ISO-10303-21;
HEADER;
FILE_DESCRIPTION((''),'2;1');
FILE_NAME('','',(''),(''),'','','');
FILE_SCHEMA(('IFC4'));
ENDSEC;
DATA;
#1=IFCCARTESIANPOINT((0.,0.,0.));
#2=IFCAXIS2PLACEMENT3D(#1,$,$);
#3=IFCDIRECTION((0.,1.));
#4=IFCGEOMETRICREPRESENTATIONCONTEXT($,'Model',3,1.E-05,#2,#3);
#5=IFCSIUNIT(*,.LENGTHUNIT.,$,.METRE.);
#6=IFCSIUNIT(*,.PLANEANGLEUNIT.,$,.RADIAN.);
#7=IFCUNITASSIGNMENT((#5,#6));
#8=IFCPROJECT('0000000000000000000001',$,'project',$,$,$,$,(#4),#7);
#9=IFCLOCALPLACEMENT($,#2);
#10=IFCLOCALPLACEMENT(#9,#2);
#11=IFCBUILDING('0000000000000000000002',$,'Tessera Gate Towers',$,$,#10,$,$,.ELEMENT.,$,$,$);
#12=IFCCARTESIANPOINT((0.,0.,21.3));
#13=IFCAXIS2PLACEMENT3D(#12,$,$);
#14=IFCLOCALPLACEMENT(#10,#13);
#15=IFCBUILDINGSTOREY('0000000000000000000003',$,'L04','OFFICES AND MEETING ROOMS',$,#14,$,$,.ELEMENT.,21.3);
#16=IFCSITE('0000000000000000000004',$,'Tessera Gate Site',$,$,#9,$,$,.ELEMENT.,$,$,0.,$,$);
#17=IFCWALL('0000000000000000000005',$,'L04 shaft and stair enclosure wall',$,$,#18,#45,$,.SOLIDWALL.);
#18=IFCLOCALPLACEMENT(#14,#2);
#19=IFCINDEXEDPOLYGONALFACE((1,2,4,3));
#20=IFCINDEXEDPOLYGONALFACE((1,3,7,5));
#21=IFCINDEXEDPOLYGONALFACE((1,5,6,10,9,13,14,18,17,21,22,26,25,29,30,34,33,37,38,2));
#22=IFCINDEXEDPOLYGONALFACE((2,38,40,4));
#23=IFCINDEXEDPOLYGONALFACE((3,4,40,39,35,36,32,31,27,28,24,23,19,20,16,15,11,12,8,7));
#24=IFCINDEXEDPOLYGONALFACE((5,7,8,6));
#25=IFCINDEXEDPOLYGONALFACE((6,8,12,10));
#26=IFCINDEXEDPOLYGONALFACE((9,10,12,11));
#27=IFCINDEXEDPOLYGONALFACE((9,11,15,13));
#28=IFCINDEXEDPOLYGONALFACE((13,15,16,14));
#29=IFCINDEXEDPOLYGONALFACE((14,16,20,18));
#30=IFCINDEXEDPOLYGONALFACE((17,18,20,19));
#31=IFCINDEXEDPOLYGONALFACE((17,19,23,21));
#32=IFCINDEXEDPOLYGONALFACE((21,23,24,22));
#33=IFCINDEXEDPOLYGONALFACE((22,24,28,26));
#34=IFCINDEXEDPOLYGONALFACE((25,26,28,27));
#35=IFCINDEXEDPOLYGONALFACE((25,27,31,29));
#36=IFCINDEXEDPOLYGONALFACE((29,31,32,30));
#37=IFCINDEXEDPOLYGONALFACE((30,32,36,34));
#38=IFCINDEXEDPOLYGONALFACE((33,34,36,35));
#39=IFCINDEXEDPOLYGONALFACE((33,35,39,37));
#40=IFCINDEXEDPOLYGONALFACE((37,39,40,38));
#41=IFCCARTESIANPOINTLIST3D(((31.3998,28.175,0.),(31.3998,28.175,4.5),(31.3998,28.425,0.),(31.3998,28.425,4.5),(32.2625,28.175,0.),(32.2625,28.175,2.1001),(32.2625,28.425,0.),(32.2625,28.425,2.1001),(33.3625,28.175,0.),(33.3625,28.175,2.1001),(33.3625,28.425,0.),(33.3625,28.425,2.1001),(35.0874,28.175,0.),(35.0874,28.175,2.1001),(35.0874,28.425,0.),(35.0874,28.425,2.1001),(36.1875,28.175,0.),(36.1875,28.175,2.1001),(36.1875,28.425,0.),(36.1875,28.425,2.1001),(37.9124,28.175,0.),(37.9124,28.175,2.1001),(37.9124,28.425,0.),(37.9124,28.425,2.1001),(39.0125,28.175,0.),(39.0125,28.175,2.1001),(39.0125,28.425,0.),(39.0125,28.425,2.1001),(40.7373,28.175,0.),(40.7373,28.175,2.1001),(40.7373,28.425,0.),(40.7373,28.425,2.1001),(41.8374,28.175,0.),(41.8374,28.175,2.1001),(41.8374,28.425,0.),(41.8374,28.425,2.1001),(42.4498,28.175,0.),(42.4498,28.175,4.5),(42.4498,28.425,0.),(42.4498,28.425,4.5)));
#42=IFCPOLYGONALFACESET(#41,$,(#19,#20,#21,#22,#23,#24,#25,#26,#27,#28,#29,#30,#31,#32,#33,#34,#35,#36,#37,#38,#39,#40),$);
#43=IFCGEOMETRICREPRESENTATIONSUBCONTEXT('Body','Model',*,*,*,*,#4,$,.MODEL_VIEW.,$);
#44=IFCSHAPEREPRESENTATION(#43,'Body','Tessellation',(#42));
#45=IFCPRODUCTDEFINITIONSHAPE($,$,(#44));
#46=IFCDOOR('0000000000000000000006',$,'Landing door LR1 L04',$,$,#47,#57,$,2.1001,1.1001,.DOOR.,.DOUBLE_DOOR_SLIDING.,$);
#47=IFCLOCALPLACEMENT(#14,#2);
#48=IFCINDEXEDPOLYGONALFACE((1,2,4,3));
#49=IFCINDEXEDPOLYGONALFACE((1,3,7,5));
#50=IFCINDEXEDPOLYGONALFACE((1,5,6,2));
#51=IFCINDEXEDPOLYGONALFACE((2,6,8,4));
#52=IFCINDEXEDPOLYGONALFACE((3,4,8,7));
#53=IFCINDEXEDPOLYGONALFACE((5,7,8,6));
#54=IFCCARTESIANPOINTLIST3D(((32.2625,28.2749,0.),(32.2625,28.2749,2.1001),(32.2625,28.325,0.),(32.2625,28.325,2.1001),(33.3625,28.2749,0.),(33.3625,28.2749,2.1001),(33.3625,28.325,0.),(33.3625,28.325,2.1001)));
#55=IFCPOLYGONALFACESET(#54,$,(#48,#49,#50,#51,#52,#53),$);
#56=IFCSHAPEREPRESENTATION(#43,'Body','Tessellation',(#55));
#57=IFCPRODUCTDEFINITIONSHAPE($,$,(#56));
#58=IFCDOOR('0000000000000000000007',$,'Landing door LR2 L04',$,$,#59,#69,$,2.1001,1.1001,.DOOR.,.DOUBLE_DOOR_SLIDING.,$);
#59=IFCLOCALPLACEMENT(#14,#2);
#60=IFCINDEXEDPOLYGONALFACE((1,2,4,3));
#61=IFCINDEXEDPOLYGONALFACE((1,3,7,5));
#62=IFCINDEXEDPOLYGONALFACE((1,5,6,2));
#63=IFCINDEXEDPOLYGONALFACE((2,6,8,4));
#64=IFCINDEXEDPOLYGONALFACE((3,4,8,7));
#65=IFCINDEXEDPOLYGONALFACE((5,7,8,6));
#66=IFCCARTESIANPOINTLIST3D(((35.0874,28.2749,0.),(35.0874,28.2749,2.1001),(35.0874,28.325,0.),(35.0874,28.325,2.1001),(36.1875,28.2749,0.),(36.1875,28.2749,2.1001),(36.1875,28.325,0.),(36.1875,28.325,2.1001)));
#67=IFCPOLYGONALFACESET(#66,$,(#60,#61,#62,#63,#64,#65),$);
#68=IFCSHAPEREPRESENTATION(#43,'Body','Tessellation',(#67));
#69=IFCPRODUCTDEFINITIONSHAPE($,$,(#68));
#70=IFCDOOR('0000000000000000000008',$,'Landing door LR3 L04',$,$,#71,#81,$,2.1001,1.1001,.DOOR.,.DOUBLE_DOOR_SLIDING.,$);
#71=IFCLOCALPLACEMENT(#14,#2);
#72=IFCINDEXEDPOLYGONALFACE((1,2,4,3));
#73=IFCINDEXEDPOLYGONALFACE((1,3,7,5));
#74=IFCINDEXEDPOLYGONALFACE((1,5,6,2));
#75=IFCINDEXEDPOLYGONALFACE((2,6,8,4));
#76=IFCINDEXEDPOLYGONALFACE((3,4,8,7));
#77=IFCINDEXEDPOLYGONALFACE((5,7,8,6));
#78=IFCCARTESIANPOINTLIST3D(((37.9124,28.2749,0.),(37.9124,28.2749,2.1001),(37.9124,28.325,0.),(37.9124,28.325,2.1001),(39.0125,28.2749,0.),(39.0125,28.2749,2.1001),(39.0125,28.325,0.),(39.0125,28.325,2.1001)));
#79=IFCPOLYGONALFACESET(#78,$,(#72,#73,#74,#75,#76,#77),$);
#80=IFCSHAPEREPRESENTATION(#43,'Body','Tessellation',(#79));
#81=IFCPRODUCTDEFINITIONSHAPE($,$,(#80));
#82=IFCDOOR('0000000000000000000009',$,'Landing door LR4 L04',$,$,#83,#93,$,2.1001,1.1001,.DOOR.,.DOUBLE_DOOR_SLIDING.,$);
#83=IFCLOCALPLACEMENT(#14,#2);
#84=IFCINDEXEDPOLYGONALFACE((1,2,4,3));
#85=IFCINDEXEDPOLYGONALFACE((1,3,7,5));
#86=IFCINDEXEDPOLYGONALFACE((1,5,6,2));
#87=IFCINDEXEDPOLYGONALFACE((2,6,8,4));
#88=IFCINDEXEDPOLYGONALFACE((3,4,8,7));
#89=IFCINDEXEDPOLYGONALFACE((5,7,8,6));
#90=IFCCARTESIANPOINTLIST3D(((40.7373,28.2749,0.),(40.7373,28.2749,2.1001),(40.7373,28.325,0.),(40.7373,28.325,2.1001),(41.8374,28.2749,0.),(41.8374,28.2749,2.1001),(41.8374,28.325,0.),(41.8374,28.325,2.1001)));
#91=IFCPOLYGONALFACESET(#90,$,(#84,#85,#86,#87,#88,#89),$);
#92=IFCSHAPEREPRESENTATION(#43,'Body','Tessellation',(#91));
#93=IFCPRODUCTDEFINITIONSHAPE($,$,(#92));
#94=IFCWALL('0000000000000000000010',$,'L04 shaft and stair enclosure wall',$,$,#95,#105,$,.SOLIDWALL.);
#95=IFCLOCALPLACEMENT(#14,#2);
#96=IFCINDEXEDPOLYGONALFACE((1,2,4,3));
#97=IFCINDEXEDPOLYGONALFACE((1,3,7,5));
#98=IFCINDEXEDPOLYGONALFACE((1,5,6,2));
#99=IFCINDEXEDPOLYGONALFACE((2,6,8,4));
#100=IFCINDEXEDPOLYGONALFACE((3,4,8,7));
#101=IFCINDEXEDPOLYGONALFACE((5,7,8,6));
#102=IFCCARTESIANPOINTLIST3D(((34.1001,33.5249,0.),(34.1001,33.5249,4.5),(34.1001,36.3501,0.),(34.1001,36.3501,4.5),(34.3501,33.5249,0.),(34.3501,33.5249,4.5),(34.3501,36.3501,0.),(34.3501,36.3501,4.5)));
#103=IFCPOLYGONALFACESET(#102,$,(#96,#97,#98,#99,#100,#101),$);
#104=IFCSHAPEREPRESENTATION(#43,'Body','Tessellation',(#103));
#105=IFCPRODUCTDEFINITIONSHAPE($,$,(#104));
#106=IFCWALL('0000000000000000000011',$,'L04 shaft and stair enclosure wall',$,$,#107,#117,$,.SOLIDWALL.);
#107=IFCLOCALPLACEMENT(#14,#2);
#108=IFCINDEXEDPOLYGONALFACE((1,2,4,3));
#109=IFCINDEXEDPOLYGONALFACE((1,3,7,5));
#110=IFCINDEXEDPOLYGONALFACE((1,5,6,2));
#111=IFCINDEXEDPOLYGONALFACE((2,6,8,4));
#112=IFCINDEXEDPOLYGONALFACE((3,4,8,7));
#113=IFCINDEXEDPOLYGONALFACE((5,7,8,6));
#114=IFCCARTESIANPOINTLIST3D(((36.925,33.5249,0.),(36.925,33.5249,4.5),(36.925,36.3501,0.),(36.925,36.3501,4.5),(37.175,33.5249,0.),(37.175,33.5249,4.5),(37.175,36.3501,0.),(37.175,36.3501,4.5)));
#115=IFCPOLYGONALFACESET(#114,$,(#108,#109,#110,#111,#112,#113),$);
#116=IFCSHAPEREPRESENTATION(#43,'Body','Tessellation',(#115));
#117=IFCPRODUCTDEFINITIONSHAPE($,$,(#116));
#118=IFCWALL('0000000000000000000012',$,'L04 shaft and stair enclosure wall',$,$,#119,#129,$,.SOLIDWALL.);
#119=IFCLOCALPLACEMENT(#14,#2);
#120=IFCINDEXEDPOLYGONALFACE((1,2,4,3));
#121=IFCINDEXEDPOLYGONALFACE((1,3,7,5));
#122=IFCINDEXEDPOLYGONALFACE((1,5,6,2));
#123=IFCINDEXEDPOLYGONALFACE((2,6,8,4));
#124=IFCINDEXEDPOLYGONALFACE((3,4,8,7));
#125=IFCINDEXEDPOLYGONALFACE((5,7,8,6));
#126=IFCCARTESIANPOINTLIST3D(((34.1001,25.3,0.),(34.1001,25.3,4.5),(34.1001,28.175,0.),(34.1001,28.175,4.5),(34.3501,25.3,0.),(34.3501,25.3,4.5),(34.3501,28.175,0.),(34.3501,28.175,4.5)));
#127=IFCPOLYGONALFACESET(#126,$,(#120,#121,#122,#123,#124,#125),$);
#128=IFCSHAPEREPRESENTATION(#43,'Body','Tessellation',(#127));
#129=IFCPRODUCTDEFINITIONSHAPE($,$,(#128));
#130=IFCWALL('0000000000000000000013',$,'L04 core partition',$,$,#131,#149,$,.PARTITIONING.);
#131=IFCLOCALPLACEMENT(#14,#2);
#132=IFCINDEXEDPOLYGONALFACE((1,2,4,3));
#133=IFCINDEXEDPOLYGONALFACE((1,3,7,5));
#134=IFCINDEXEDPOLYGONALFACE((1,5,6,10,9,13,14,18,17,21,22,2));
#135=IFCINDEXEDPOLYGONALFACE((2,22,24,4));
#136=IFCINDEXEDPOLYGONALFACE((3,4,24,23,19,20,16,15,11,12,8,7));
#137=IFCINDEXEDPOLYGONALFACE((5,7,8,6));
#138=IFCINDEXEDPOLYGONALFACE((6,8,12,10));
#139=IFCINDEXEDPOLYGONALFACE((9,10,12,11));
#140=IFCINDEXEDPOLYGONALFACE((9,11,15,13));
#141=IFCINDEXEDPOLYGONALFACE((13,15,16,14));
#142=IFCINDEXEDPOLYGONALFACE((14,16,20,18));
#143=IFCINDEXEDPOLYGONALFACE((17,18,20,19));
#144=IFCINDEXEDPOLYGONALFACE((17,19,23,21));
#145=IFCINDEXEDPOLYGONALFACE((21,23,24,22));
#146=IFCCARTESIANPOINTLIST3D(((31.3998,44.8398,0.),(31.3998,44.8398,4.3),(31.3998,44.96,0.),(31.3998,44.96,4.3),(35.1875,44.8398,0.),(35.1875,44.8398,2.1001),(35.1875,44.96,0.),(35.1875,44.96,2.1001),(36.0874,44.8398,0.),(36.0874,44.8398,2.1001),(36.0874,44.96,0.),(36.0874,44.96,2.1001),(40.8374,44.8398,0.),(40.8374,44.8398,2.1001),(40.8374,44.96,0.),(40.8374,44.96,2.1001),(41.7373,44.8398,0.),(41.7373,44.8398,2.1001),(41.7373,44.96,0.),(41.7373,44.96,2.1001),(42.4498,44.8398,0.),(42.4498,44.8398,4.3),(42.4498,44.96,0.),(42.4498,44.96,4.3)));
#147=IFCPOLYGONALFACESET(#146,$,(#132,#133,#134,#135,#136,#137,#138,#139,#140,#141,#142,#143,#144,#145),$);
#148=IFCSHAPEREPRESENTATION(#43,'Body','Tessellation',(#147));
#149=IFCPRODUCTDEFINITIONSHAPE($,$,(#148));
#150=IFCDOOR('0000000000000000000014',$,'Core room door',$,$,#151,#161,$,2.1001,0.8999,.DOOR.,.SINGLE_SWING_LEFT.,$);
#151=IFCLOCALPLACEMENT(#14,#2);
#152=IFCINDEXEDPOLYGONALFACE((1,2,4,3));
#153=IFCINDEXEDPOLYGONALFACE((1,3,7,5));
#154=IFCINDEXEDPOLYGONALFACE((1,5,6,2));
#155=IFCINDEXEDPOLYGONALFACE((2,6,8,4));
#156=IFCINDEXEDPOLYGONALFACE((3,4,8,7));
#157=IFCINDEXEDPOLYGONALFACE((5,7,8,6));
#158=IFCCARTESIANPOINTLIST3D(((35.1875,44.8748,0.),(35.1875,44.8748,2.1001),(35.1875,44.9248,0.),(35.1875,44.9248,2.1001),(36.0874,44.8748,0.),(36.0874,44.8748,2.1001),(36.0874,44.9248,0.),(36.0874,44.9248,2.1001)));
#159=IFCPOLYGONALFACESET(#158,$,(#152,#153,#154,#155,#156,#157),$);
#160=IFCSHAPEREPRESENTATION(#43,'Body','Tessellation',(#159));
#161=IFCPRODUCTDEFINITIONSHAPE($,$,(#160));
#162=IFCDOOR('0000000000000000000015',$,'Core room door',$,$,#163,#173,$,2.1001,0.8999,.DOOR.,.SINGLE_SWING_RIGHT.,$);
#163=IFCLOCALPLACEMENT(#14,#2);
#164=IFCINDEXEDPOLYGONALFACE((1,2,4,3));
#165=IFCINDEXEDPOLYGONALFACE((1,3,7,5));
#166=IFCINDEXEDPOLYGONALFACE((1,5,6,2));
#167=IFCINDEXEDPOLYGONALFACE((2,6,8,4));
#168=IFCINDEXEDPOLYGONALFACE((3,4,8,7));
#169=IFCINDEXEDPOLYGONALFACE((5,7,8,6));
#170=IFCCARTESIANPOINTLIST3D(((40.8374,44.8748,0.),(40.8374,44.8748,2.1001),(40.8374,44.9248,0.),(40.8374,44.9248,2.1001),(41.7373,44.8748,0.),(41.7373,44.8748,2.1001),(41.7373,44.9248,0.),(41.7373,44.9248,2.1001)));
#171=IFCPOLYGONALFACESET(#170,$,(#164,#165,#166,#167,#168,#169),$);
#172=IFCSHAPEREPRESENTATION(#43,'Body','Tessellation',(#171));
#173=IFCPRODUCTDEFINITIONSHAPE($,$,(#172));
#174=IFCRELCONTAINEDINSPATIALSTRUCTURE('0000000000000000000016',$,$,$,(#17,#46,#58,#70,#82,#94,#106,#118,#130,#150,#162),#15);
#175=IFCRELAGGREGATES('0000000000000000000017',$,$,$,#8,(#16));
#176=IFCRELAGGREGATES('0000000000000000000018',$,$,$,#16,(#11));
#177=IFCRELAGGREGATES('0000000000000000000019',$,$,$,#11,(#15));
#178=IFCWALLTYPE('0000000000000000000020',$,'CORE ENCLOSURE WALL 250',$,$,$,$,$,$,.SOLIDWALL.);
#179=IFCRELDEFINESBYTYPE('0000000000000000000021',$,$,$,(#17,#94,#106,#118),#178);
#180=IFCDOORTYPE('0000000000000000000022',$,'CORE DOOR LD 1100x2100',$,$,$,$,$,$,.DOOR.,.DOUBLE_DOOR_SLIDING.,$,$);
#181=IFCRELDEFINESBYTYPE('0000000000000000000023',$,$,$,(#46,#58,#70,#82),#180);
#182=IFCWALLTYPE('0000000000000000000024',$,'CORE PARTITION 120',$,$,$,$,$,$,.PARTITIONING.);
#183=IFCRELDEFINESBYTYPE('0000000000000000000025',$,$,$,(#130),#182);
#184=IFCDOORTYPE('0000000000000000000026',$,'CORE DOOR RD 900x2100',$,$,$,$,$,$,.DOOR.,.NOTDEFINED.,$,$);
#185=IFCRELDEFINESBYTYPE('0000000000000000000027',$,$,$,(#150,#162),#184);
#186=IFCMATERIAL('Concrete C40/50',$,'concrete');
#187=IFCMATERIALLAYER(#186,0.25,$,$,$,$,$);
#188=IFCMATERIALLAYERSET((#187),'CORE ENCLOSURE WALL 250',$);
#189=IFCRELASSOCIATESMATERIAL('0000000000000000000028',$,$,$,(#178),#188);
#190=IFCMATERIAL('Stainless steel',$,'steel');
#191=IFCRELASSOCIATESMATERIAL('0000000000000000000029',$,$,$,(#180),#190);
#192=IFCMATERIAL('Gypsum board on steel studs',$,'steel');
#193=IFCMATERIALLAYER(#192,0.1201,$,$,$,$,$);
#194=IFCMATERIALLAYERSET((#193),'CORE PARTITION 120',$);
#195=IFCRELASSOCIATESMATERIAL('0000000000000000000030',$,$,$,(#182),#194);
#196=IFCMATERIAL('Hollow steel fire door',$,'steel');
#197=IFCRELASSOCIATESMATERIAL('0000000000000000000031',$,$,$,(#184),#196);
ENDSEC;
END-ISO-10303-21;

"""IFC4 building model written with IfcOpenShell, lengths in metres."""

from ifc_helpers import new_model, si_unit, direction, frame, frame_2d, origin, place, context, subcontext, project, spatial, rectangle, extrude, source, transform, mapped, material, layer, layer_set, type_object, element, fill, save


model = new_model("IFC4")

# Units and contexts
model_context = context("Model", 3, precision=1e-05, world=origin(), true_north=direction((0.0, 1.0)))
body_context = subcontext(model_context, "Body", "Model", "MODEL_VIEW")
ifc_project = project(units=[si_unit("LENGTHUNIT", "METRE"), si_unit("PLANEANGLEUNIT", "RADIAN")], contexts=[model_context])

# Site, building, storey
site_placement = place(None, origin())
site = spatial("IfcSite", under=ifc_project, at=site_placement, Name="Tessera Gate Site", CompositionType="ELEMENT", RefElevation=0.0)
building_placement = place(site_placement, origin())
building = spatial("IfcBuilding", under=site, at=building_placement, Name="Tessera Gate Towers", CompositionType="ELEMENT")
storey_placement = place(building_placement, frame((0.0, 0.0, 21.3)))
storey = spatial("IfcBuildingStorey", under=building, at=storey_placement, Name="L04", Description="OFFICES AND MEETING ROOMS", CompositionType="ELEMENT", Elevation=21.3)

# Wall, openings, doors
ifc_material_1 = material(Name="Concrete C40/50", Category="concrete")
ifc_layer_1 = layer(ifc_material_1, 0.25)
ifc_layer_set_1 = layer_set([ifc_layer_1], Name="CORE ENCLOSURE WALL 250")
wall_type_1 = type_object("IfcWallType", Name="CORE ENCLOSURE WALL 250", PredefinedType="SOLIDWALL", material=ifc_layer_set_1)
wall_1_placement = place(storey_placement, frame((31.3999, 28.3, 0.0), z_axis=(0.0, 0.0, 1.0), x_axis=(1.0, 0.0, 0.0)))
wall_1 = element("IfcWall", 1, at=wall_1_placement, inside=storey, type_object=wall_type_1, Name="L04 shaft and stair enclosure wall", PredefinedType="SOLIDWALL", context=body_context, shape_type="SweptSolid", body=[
    extrude(rectangle(XDim=11.05, YDim=0.25, at=frame_2d((5.5249, 0.0))), origin(), (0.0, 0.0, 1.0), 4.5),
])
shared_shape_1 = source(origin(), body_context, "Body", "SweptSolid", [
    extrude(rectangle(XDim=1.1001, YDim=2.1001, at=frame_2d((0.55, 1.05))), frame((0.0, 0.135, 0.0), z_axis=(0.0, -1.0, 0.0), x_axis=(1.0, 0.0, 0.0)), (0.0, 0.0, 1.0), 0.27),
])
opening_1_placement = place(wall_1_placement, frame((0.8625, 0.0, 0.0)))
opening_1 = element("IfcOpeningElement", 2, at=opening_1_placement, cuts=wall_1, PredefinedType="OPENING", context=body_context, shape_type="MappedRepresentation", body=[
    mapped(shared_shape_1, transform((0.0, 0.0, 0.0), scale=1.0)),
])
opening_2_placement = place(wall_1_placement, frame((3.6875, 0.0, 0.0)))
opening_2 = element("IfcOpeningElement", 3, at=opening_2_placement, cuts=wall_1, PredefinedType="OPENING", context=body_context, shape_type="MappedRepresentation", body=[
    mapped(shared_shape_1, transform((0.0, 0.0, 0.0), scale=1.0)),
])
opening_3_placement = place(wall_1_placement, frame((6.5125, 0.0, 0.0)))
opening_3 = element("IfcOpeningElement", 4, at=opening_3_placement, cuts=wall_1, PredefinedType="OPENING", context=body_context, shape_type="MappedRepresentation", body=[
    mapped(shared_shape_1, transform((0.0, 0.0, 0.0), scale=1.0)),
])
opening_4_placement = place(wall_1_placement, frame((9.3374, 0.0, 0.0)))
opening_4 = element("IfcOpeningElement", 5, at=opening_4_placement, cuts=wall_1, PredefinedType="OPENING", context=body_context, shape_type="MappedRepresentation", body=[
    mapped(shared_shape_1, transform((0.0, 0.0, 0.0), scale=1.0)),
])
ifc_material_2 = material(Name="Stainless steel", Category="steel")
door_type_1 = type_object("IfcDoorType", Name="CORE DOOR LD 1100x2100", OperationType="DOUBLE_DOOR_SLIDING", PredefinedType="DOOR", material=ifc_material_2)
shared_shape_2 = source(origin(), body_context, "Body", "SweptSolid", [
    extrude(rectangle(XDim=1.1001, YDim=2.1001, at=frame_2d((0.55, 1.05))), frame((0.0, 0.0249, 0.0), z_axis=(0.0, -1.0, 0.0), x_axis=(1.0, 0.0, 0.0)), (0.0, 0.0, 1.0), 0.05),
])
door_1_placement = place(opening_1_placement, origin())
door_1 = element("IfcDoor", 6, at=door_1_placement, inside=storey, type_object=door_type_1, Name="Landing door LR1 L04", OperationType="DOUBLE_DOOR_SLIDING", OverallHeight=2.1001, OverallWidth=1.1001, PredefinedType="DOOR", context=body_context, shape_type="MappedRepresentation", body=[
    mapped(shared_shape_2, transform((0.0, 0.0, 0.0), scale=1.0)),
])
fill(opening_1, door_1)
door_2_placement = place(opening_2_placement, origin())
door_2 = element("IfcDoor", 7, at=door_2_placement, inside=storey, type_object=door_type_1, Name="Landing door LR2 L04", OperationType="DOUBLE_DOOR_SLIDING", OverallHeight=2.1001, OverallWidth=1.1001, PredefinedType="DOOR", context=body_context, shape_type="MappedRepresentation", body=[
    mapped(shared_shape_2, transform((0.0, 0.0, 0.0), scale=1.0)),
])
fill(opening_2, door_2)
door_3_placement = place(opening_3_placement, origin())
door_3 = element("IfcDoor", 8, at=door_3_placement, inside=storey, type_object=door_type_1, Name="Landing door LR3 L04", OperationType="DOUBLE_DOOR_SLIDING", OverallHeight=2.1001, OverallWidth=1.1001, PredefinedType="DOOR", context=body_context, shape_type="MappedRepresentation", body=[
    mapped(shared_shape_2, transform((0.0, 0.0, 0.0), scale=1.0)),
])
fill(opening_3, door_3)
door_4_placement = place(opening_4_placement, origin())
door_4 = element("IfcDoor", 9, at=door_4_placement, inside=storey, type_object=door_type_1, Name="Landing door LR4 L04", OperationType="DOUBLE_DOOR_SLIDING", OverallHeight=2.1001, OverallWidth=1.1001, PredefinedType="DOOR", context=body_context, shape_type="MappedRepresentation", body=[
    mapped(shared_shape_2, transform((0.0, 0.0, 0.0), scale=1.0)),
])
fill(opening_4, door_4)

# Walls
for number, where, z_axis, x_axis, name in (
    (10, (34.2251, 33.5249, 0.0), (0.0, 0.0, 1.0), (0.0, 1.0, 0.0), "L04 shaft and stair enclosure wall"),
    (11, (37.05, 33.5249, 0.0), (0.0, 0.0, 1.0), (0.0, 1.0, 0.0), "L04 shaft and stair enclosure wall"),
):
    element("IfcWall", number, at=place(storey_placement, frame(where, z_axis=z_axis, x_axis=x_axis)), inside=storey, type_object=wall_type_1, Name=name, PredefinedType="SOLIDWALL", context=body_context, shape_type="SweptSolid", body=[
        extrude(rectangle(XDim=2.8252, YDim=0.25, at=frame_2d((1.4126, 0.0))), origin(), (0.0, 0.0, 1.0), 4.5),
    ])
wall_2_placement = place(storey_placement, frame((34.2251, 25.3, 0.0), z_axis=(0.0, 0.0, 1.0), x_axis=(0.0, 1.0, 0.0)))
element("IfcWall", 12, at=wall_2_placement, inside=storey, type_object=wall_type_1, Name="L04 shaft and stair enclosure wall", PredefinedType="SOLIDWALL", context=body_context, shape_type="SweptSolid", body=[
    extrude(rectangle(XDim=2.875, YDim=0.25, at=frame_2d((1.4375, 0.0))), origin(), (0.0, 0.0, 1.0), 4.5),
])

# Wall, openings, doors
ifc_material_3 = material(Name="Gypsum board on steel studs", Category="steel")
ifc_layer_2 = layer(ifc_material_3, 0.1201)
ifc_layer_set_2 = layer_set([ifc_layer_2], Name="CORE PARTITION 120")
wall_type_2 = type_object("IfcWallType", Name="CORE PARTITION 120", PredefinedType="PARTITIONING", material=ifc_layer_set_2)
wall_3_placement = place(storey_placement, frame((31.3999, 44.8999, 0.0), z_axis=(0.0, 0.0, 1.0), x_axis=(1.0, 0.0, 0.0)))
wall_3 = element("IfcWall", 13, at=wall_3_placement, inside=storey, type_object=wall_type_2, Name="L04 core partition", PredefinedType="PARTITIONING", context=body_context, shape_type="SweptSolid", body=[
    extrude(rectangle(XDim=11.05, YDim=0.1201, at=frame_2d((5.5249, 0.0))), origin(), (0.0, 0.0, 1.0), 4.3),
])
shared_shape_3 = source(origin(), body_context, "Body", "SweptSolid", [
    extrude(rectangle(XDim=0.8999, YDim=2.1001, at=frame_2d((0.45, 1.05))), frame((0.0, 0.0701, 0.0), z_axis=(0.0, -1.0, 0.0), x_axis=(1.0, 0.0, 0.0)), (0.0, 0.0, 1.0), 0.1401),
])
opening_5_placement = place(wall_3_placement, frame((3.7876, 0.0, 0.0)))
opening_5 = element("IfcOpeningElement", 14, at=opening_5_placement, cuts=wall_3, PredefinedType="OPENING", context=body_context, shape_type="MappedRepresentation", body=[
    mapped(shared_shape_3, transform((0.0, 0.0, 0.0), scale=1.0)),
])
opening_6_placement = place(wall_3_placement, frame((9.4375, 0.0, 0.0)))
opening_6 = element("IfcOpeningElement", 15, at=opening_6_placement, cuts=wall_3, PredefinedType="OPENING", context=body_context, shape_type="MappedRepresentation", body=[
    mapped(shared_shape_3, transform((0.0, 0.0, 0.0), scale=1.0)),
])
ifc_material_4 = material(Name="Hollow steel fire door", Category="steel")
door_type_2 = type_object("IfcDoorType", Name="CORE DOOR RD 900x2100", OperationType="NOTDEFINED", PredefinedType="DOOR", material=ifc_material_4)
shared_shape_4 = source(origin(), body_context, "Body", "SweptSolid", [
    extrude(rectangle(XDim=0.8999, YDim=2.1001, at=frame_2d((0.45, 1.05))), frame((0.0, 0.0249, 0.0), z_axis=(0.0, -1.0, 0.0), x_axis=(1.0, 0.0, 0.0)), (0.0, 0.0, 1.0), 0.05),
])
door_5_placement = place(opening_5_placement, origin())
door_5 = element("IfcDoor", 16, at=door_5_placement, inside=storey, type_object=door_type_2, Name="Core room door", OperationType="SINGLE_SWING_LEFT", OverallHeight=2.1001, OverallWidth=0.8999, PredefinedType="DOOR", context=body_context, shape_type="MappedRepresentation", body=[
    mapped(shared_shape_4, transform((0.0, 0.0, 0.0), scale=1.0)),
])
fill(opening_5, door_5)
door_6_placement = place(opening_6_placement, origin())
door_6 = element("IfcDoor", 17, at=door_6_placement, inside=storey, type_object=door_type_2, Name="Core room door", OperationType="SINGLE_SWING_RIGHT", OverallHeight=2.1001, OverallWidth=0.8999, PredefinedType="DOOR", context=body_context, shape_type="MappedRepresentation", body=[
    mapped(shared_shape_4, transform((0.0, 0.0, 0.0), scale=1.0)),
])
fill(opening_6, door_6)

save(model, "model.ifc")
